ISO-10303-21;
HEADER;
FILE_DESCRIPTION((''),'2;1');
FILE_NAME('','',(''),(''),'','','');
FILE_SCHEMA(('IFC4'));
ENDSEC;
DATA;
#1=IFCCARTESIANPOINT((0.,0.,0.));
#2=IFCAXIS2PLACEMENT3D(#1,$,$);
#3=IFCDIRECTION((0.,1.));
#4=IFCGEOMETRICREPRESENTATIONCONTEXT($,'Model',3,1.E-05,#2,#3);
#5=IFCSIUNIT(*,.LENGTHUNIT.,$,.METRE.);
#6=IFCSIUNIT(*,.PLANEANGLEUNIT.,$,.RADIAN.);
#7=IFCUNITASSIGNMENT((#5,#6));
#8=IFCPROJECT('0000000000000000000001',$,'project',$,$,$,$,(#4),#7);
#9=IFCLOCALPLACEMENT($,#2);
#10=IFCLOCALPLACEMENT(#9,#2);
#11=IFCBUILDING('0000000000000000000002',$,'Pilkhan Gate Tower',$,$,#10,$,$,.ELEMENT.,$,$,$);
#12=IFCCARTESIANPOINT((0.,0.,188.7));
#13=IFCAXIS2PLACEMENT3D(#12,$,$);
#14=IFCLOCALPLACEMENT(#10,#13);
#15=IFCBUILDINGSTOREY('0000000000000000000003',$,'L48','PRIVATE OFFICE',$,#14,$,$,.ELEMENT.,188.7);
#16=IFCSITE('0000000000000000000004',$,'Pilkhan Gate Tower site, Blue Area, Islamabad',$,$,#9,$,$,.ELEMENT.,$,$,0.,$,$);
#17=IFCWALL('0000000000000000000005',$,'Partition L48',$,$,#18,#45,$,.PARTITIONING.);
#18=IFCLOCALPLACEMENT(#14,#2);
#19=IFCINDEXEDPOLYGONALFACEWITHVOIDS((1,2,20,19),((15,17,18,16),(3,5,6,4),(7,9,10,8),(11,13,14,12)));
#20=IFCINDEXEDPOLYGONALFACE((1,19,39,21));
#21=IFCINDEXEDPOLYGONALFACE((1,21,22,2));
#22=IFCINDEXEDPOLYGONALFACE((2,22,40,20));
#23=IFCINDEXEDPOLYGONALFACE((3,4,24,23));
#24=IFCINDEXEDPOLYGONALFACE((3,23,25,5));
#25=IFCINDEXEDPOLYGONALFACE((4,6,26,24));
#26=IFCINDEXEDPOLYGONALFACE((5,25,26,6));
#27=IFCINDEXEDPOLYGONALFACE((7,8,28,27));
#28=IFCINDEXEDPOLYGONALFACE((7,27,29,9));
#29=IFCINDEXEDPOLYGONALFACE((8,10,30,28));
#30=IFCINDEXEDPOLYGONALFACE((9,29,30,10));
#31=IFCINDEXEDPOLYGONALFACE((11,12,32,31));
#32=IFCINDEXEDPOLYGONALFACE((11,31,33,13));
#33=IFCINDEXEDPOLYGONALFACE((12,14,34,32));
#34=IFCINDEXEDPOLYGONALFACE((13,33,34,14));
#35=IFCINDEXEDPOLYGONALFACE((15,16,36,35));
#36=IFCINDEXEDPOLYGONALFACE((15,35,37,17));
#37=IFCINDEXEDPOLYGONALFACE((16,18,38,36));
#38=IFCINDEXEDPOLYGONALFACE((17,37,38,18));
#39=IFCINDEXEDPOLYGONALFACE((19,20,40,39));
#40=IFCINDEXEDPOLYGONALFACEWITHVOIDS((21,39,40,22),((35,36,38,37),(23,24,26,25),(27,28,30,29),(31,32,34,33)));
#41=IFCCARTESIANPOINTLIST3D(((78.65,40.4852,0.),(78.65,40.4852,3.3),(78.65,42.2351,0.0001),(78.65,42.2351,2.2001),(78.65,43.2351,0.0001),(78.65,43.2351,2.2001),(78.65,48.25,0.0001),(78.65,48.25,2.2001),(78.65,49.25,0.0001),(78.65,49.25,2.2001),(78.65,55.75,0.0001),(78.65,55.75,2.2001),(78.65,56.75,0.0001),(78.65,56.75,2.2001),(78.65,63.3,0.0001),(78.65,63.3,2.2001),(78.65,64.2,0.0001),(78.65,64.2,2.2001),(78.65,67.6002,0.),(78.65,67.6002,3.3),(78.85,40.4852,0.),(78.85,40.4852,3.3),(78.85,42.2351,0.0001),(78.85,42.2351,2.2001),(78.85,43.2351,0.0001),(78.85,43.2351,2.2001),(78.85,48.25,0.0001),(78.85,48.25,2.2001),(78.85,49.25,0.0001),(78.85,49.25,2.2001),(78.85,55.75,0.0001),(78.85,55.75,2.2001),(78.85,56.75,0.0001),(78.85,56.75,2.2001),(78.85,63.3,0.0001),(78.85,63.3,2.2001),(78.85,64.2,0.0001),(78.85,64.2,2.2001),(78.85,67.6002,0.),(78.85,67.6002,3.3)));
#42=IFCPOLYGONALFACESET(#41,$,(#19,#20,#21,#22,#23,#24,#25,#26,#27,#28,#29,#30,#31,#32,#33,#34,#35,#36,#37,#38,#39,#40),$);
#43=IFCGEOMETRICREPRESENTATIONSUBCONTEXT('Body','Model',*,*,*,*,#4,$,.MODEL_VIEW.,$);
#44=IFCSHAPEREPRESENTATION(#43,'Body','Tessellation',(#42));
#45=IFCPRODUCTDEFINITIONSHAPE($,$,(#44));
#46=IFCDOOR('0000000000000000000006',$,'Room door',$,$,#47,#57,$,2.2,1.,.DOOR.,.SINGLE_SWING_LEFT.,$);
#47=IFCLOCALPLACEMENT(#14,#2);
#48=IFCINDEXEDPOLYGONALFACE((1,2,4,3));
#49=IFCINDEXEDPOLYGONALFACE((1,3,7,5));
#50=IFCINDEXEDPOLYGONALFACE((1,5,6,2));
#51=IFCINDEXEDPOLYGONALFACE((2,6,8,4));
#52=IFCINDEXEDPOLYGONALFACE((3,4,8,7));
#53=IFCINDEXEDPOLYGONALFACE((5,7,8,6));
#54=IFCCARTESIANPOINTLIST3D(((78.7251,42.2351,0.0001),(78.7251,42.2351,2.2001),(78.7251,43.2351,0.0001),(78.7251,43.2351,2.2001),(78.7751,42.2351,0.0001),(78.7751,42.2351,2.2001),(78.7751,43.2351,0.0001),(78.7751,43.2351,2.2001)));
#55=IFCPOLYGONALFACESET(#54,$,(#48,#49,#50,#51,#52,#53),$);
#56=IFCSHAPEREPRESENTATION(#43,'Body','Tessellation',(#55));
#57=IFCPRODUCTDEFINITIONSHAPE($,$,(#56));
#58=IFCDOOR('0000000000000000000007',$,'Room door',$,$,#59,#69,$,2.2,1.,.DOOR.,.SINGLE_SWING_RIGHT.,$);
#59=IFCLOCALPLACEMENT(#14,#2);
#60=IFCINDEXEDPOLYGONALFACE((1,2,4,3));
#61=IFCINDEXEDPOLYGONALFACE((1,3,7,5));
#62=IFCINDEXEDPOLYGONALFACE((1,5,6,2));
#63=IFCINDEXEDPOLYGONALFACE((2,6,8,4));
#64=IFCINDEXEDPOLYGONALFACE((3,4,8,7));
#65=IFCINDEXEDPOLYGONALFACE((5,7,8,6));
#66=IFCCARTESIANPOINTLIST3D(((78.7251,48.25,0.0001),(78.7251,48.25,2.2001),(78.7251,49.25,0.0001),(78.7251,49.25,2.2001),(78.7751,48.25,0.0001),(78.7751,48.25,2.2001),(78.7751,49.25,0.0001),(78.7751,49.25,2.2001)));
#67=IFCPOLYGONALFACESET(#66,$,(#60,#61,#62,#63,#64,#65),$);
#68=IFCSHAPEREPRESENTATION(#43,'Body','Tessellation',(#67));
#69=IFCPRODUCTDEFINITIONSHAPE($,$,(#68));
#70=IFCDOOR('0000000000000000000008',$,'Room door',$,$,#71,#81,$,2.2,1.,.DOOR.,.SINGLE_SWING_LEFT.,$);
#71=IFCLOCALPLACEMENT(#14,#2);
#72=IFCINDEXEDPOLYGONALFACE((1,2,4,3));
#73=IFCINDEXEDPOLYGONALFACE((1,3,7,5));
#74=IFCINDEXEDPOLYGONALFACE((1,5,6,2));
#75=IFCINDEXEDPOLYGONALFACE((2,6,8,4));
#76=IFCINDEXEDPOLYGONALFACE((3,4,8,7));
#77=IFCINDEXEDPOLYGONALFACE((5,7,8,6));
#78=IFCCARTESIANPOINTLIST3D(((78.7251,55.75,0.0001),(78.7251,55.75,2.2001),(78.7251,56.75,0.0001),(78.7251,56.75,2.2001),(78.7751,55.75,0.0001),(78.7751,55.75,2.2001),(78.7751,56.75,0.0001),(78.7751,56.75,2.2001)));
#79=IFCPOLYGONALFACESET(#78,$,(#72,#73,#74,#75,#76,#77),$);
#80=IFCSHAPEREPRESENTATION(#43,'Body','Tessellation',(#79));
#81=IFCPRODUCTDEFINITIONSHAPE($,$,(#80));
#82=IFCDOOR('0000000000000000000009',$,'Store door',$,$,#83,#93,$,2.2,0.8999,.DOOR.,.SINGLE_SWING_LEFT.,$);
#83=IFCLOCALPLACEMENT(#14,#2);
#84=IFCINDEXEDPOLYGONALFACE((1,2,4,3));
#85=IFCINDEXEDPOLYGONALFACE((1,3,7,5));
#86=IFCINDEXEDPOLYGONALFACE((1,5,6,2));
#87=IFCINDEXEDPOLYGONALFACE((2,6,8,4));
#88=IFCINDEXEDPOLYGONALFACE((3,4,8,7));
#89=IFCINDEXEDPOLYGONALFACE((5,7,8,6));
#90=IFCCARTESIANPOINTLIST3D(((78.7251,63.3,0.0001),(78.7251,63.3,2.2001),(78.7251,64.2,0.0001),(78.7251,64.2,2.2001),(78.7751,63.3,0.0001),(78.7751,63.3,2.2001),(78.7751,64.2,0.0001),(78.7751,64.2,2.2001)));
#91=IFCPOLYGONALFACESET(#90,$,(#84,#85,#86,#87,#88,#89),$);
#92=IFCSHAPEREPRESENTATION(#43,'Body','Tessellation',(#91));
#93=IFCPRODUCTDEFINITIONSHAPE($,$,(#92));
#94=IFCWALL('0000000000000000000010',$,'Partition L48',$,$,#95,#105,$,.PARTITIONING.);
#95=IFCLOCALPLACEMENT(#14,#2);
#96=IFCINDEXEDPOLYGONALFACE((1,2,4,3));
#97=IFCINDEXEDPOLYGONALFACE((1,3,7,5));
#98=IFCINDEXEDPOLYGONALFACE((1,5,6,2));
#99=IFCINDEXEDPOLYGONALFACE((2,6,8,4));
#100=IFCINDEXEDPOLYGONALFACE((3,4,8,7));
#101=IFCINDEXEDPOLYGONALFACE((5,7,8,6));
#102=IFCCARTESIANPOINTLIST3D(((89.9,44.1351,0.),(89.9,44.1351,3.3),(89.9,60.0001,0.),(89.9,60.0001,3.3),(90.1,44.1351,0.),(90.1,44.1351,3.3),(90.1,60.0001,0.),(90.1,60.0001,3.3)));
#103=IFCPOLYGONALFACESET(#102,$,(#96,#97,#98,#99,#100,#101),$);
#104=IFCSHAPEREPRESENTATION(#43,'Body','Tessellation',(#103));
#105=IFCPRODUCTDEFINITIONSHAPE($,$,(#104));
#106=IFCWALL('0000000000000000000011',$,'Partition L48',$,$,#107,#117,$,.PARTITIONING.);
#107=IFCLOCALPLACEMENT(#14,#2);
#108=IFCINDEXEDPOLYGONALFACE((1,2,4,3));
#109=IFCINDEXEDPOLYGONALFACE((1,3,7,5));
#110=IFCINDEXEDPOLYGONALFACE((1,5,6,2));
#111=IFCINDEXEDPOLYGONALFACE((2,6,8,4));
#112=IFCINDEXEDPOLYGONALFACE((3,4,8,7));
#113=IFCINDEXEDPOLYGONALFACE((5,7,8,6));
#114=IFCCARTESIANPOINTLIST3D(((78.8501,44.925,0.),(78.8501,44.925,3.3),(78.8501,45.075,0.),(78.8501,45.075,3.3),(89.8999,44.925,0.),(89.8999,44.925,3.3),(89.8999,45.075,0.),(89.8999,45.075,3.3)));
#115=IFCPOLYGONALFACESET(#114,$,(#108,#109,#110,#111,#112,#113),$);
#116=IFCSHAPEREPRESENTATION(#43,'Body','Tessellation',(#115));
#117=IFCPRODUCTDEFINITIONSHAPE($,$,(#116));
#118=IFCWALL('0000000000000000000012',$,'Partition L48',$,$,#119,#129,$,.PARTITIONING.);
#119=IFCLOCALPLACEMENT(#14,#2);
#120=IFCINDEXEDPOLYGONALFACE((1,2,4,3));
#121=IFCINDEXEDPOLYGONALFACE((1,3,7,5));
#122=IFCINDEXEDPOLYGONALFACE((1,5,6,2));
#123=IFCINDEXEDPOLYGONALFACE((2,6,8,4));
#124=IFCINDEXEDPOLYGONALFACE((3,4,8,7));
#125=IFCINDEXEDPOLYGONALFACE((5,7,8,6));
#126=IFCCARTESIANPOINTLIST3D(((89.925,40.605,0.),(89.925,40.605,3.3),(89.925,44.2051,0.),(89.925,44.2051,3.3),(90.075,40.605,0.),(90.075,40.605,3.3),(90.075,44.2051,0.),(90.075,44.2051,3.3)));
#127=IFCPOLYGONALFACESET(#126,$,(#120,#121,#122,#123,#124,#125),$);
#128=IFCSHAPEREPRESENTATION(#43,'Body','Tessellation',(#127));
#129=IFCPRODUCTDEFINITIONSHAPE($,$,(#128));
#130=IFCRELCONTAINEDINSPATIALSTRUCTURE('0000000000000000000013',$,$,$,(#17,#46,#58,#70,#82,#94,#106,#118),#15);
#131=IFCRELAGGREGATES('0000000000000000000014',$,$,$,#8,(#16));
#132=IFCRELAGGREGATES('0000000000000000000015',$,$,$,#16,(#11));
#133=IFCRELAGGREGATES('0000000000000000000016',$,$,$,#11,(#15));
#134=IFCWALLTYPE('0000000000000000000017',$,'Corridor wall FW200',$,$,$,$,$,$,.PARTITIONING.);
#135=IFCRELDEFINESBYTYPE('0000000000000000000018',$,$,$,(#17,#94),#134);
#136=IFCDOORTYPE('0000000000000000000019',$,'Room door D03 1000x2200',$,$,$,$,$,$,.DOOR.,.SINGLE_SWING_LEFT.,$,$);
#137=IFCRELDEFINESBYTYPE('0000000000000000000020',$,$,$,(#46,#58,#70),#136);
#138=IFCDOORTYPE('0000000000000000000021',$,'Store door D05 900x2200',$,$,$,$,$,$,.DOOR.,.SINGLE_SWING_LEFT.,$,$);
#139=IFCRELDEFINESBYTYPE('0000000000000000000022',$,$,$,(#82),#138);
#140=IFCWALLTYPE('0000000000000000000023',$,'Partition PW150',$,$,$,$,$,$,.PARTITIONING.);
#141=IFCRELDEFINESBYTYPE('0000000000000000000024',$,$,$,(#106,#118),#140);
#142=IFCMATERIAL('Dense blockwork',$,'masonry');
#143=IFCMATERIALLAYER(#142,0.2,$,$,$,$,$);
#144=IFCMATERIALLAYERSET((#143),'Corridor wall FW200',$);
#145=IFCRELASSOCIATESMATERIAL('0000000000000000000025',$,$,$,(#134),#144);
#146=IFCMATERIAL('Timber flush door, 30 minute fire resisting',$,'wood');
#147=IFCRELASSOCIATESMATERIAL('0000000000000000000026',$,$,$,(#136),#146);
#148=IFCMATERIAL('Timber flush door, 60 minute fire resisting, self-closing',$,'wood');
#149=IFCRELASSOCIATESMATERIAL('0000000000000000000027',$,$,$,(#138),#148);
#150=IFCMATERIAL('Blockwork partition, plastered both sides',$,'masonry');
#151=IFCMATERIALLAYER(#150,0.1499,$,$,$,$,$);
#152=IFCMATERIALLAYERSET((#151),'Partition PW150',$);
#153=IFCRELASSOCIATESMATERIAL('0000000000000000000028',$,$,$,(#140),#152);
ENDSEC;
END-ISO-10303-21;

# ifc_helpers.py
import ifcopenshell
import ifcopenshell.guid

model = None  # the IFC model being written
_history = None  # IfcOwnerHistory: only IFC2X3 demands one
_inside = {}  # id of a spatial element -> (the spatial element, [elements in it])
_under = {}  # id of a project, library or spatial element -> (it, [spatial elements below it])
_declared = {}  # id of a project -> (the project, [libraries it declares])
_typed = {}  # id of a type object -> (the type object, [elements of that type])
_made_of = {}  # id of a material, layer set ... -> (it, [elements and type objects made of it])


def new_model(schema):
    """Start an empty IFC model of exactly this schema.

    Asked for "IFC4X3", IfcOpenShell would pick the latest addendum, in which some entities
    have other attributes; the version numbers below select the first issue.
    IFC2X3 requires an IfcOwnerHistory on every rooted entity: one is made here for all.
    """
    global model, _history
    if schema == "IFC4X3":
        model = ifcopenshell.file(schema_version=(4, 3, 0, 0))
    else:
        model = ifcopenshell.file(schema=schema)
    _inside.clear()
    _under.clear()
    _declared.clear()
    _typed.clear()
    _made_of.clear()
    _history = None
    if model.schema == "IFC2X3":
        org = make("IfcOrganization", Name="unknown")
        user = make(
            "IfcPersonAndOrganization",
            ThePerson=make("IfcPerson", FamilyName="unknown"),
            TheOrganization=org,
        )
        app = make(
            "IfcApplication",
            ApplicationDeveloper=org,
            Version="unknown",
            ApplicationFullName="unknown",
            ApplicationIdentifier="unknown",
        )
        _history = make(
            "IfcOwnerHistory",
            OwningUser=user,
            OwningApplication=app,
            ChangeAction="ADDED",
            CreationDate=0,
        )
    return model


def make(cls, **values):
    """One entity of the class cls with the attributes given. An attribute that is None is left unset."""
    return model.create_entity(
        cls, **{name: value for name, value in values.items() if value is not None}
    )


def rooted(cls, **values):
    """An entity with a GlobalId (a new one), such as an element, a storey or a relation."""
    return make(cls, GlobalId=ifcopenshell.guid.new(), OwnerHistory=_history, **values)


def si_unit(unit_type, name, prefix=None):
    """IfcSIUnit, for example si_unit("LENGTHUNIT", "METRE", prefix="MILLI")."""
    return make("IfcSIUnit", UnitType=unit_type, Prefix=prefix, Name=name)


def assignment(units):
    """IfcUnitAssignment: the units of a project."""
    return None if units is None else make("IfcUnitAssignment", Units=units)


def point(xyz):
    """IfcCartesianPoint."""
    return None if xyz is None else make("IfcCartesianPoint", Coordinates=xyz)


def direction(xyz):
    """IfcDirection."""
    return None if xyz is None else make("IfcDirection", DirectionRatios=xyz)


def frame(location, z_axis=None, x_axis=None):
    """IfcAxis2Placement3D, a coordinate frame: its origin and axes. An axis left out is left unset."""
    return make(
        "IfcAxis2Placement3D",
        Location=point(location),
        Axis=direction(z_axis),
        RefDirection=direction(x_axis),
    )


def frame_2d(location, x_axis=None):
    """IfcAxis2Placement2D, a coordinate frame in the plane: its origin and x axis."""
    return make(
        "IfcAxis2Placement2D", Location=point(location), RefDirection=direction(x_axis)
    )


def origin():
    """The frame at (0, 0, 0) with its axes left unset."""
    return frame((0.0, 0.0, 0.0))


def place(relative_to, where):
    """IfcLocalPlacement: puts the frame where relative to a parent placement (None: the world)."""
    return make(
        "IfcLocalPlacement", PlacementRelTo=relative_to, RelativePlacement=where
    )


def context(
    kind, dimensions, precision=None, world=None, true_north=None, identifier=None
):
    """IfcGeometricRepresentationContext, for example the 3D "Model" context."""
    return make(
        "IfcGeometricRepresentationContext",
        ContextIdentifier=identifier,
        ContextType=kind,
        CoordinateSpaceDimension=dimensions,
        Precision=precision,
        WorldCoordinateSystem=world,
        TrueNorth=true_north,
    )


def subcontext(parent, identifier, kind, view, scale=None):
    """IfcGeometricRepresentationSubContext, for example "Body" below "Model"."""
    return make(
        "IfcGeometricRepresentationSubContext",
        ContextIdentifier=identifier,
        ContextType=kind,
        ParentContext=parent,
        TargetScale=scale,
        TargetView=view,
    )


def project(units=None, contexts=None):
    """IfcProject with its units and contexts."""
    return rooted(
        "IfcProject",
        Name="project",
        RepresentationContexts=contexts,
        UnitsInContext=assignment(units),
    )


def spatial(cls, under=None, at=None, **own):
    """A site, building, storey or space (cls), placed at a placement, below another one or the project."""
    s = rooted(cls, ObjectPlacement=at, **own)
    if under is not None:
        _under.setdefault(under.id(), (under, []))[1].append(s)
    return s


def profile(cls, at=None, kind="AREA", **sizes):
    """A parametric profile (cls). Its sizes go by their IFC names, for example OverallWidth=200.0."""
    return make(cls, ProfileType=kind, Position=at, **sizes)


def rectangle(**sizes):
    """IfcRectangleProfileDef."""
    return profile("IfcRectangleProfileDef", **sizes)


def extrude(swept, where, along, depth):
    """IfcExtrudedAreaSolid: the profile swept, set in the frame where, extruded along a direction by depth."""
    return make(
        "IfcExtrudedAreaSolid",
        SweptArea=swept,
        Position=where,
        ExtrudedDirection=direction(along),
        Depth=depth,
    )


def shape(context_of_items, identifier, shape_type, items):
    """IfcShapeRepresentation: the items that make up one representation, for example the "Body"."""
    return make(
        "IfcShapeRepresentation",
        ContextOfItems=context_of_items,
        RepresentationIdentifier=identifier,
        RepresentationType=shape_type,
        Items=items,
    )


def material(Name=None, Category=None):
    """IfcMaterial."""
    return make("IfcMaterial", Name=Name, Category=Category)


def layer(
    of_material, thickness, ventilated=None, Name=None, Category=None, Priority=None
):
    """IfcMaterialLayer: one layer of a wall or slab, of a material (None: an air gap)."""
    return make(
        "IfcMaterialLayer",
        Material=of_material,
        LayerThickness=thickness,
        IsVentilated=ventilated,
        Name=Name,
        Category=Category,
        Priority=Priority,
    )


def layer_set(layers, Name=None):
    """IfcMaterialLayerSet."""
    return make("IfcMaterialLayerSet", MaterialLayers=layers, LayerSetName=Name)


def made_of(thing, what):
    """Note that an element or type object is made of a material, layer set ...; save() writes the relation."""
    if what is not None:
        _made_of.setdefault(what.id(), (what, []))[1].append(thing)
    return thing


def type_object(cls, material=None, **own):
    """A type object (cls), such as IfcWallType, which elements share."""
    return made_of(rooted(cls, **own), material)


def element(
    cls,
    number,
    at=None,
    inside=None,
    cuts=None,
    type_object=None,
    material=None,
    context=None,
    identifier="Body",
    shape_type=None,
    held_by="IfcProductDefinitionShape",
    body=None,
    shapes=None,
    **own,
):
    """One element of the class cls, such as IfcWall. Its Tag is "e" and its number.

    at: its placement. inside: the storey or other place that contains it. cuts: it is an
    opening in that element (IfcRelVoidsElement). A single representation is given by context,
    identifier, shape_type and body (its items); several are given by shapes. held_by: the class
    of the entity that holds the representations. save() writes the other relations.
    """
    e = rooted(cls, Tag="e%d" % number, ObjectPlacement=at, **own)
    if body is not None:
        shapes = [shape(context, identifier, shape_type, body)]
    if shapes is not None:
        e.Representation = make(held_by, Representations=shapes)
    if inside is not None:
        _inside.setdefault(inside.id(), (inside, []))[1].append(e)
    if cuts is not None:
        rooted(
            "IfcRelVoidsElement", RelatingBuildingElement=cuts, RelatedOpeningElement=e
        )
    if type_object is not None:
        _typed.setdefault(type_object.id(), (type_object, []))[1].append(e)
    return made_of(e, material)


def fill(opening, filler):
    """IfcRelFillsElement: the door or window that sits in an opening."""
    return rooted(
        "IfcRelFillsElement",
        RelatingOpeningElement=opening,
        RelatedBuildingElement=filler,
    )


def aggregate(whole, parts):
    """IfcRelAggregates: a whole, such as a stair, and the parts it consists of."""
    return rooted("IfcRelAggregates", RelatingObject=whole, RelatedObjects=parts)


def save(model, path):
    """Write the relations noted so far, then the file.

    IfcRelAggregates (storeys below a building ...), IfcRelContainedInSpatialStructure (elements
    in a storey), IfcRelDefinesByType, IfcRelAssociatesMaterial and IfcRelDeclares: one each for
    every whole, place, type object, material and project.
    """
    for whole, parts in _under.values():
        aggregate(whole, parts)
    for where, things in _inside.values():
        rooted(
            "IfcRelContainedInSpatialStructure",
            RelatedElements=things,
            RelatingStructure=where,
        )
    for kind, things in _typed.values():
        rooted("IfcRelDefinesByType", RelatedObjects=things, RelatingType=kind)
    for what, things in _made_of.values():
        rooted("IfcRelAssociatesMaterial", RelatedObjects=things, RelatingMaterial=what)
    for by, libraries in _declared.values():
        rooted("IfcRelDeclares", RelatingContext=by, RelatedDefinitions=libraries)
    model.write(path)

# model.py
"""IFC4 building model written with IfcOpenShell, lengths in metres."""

from ifc_helpers import new_model, si_unit, direction, frame, frame_2d, origin, place, context, subcontext, project, spatial, rectangle, extrude, material, layer, layer_set, type_object, element, fill, save


model = new_model("IFC4")

# Units and contexts
model_context = context("Model", 3, precision=1e-05, world=origin(), true_north=direction((0.0, 1.0)))
body_context = subcontext(model_context, "Body", "Model", "MODEL_VIEW")
ifc_project = project(units=[si_unit("LENGTHUNIT", "METRE"), si_unit("PLANEANGLEUNIT", "RADIAN")], contexts=[model_context])

# Site, building, storey
site_placement = place(None, origin())
site = spatial("IfcSite", under=ifc_project, at=site_placement, Name="Pilkhan Gate Tower site, Blue Area, Islamabad", CompositionType="ELEMENT", RefElevation=0.0)
building_placement = place(site_placement, origin())
building = spatial("IfcBuilding", under=site, at=building_placement, Name="Pilkhan Gate Tower", CompositionType="ELEMENT")
storey_placement = place(building_placement, frame((0.0, 0.0, 188.7)))
storey = spatial("IfcBuildingStorey", under=building, at=storey_placement, Name="L48", Description="PRIVATE OFFICE", CompositionType="ELEMENT", Elevation=188.7)

# Shared definitions
ifc_material_1 = material(Name="Dense blockwork", Category="masonry")
ifc_layer_1 = layer(ifc_material_1, 0.2)
ifc_layer_set_1 = layer_set([ifc_layer_1], Name="Corridor wall FW200")
wall_type_1 = type_object("IfcWallType", Name="Corridor wall FW200", PredefinedType="PARTITIONING", material=ifc_layer_set_1)

# Wall, openings, doors
ifc_material_2 = material(Name="Timber flush door, 30 minute fire resisting", Category="wood")
door_type_1 = type_object("IfcDoorType", Name="Room door D03 1000x2200", OperationType="SINGLE_SWING_LEFT", PredefinedType="DOOR", material=ifc_material_2)
wall_1_placement = place(storey_placement, frame((78.75, 40.4851, 0.0), z_axis=(0.0, 0.0, 1.0), x_axis=(0.0, 1.0, 0.0)))
wall_1 = element("IfcWall", 1, at=wall_1_placement, inside=storey, type_object=wall_type_1, Name="Partition L48", PredefinedType="PARTITIONING", context=body_context, shape_type="SweptSolid", body=[
    extrude(rectangle(XDim=27.115, YDim=0.2, at=frame_2d((13.5576, 0.0))), origin(), (0.0, 0.0, 1.0), 3.3),
])
opening_1_placement = place(wall_1_placement, frame((1.75, 0.0, 0.0)))
opening_1 = element("IfcOpeningElement", 2, at=opening_1_placement, cuts=wall_1, PredefinedType="OPENING", context=body_context, shape_type="SweptSolid", body=[
    extrude(rectangle(XDim=1.0, YDim=2.2, at=frame_2d((0.5, 1.1001))), frame((0.0, 0.1099, 0.0), z_axis=(0.0, -1.0, 0.0), x_axis=(1.0, 0.0, 0.0)), (0.0, 0.0, 1.0), 0.22),
])
opening_2_placement = place(wall_1_placement, frame((7.7649, 0.0, 0.0)))
opening_2 = element("IfcOpeningElement", 3, at=opening_2_placement, cuts=wall_1, PredefinedType="OPENING", context=body_context, shape_type="SweptSolid", body=[
    extrude(rectangle(XDim=1.0, YDim=2.2, at=frame_2d((0.5, 1.1001))), frame((0.0, 0.1099, 0.0), z_axis=(0.0, -1.0, 0.0), x_axis=(1.0, 0.0, 0.0)), (0.0, 0.0, 1.0), 0.22),
])
opening_3_placement = place(wall_1_placement, frame((15.2649, 0.0, 0.0)))
opening_3 = element("IfcOpeningElement", 4, at=opening_3_placement, cuts=wall_1, PredefinedType="OPENING", context=body_context, shape_type="SweptSolid", body=[
    extrude(rectangle(XDim=1.0, YDim=2.2, at=frame_2d((0.5, 1.1001))), frame((0.0, 0.1099, 0.0), z_axis=(0.0, -1.0, 0.0), x_axis=(1.0, 0.0, 0.0)), (0.0, 0.0, 1.0), 0.22),
])
opening_4_placement = place(wall_1_placement, frame((22.8149, 0.0, 0.0)))
opening_4 = element("IfcOpeningElement", 5, at=opening_4_placement, cuts=wall_1, PredefinedType="OPENING", context=body_context, shape_type="SweptSolid", body=[
    extrude(rectangle(XDim=0.8999, YDim=2.2, at=frame_2d((0.45, 1.1001))), frame((0.0, 0.1099, 0.0), z_axis=(0.0, -1.0, 0.0), x_axis=(1.0, 0.0, 0.0)), (0.0, 0.0, 1.0), 0.22),
])
door_1_placement = place(opening_1_placement, origin())
door_1 = element("IfcDoor", 6, at=door_1_placement, inside=storey, type_object=door_type_1, Name="Room door", OperationType="SINGLE_SWING_LEFT", OverallHeight=2.2, OverallWidth=1.0, PredefinedType="DOOR", context=body_context, shape_type="SweptSolid", body=[
    extrude(rectangle(XDim=1.0, YDim=2.2, at=frame_2d((0.5, 1.1001))), frame((0.0, 0.0249, 0.0), z_axis=(0.0, -1.0, 0.0), x_axis=(1.0, 0.0, 0.0)), (0.0, 0.0, 1.0), 0.05),
])
fill(opening_1, door_1)
door_2_placement = place(opening_2_placement, origin())
door_2 = element("IfcDoor", 7, at=door_2_placement, inside=storey, type_object=door_type_1, Name="Room door", OperationType="SINGLE_SWING_RIGHT", OverallHeight=2.2, OverallWidth=1.0, PredefinedType="DOOR", context=body_context, shape_type="SweptSolid", body=[
    extrude(rectangle(XDim=1.0, YDim=2.2, at=frame_2d((0.5, 1.1001))), frame((0.0, 0.0249, 0.0), z_axis=(0.0, -1.0, 0.0), x_axis=(1.0, 0.0, 0.0)), (0.0, 0.0, 1.0), 0.05),
])
fill(opening_2, door_2)
door_3_placement = place(opening_3_placement, origin())
door_3 = element("IfcDoor", 8, at=door_3_placement, inside=storey, type_object=door_type_1, Name="Room door", OperationType="SINGLE_SWING_LEFT", OverallHeight=2.2, OverallWidth=1.0, PredefinedType="DOOR", context=body_context, shape_type="SweptSolid", body=[
    extrude(rectangle(XDim=1.0, YDim=2.2, at=frame_2d((0.5, 1.1001))), frame((0.0, 0.0249, 0.0), z_axis=(0.0, -1.0, 0.0), x_axis=(1.0, 0.0, 0.0)), (0.0, 0.0, 1.0), 0.05),
])
fill(opening_3, door_3)
ifc_material_3 = material(Name="Timber flush door, 60 minute fire resisting, self-closing", Category="wood")
door_type_2 = type_object("IfcDoorType", Name="Store door D05 900x2200", OperationType="SINGLE_SWING_LEFT", PredefinedType="DOOR", material=ifc_material_3)
door_4_placement = place(opening_4_placement, origin())
door_4 = element("IfcDoor", 9, at=door_4_placement, inside=storey, type_object=door_type_2, Name="Store door", OperationType="SINGLE_SWING_LEFT", OverallHeight=2.2, OverallWidth=0.8999, PredefinedType="DOOR", context=body_context, shape_type="SweptSolid", body=[
    extrude(rectangle(XDim=0.8999, YDim=2.2, at=frame_2d((0.45, 1.1001))), frame((0.0, 0.0249, 0.0), z_axis=(0.0, -1.0, 0.0), x_axis=(1.0, 0.0, 0.0)), (0.0, 0.0, 1.0), 0.05),
])
fill(opening_4, door_4)

# Walls
wall_2_placement = place(storey_placement, frame((90.0, 44.135, 0.0), z_axis=(0.0, 0.0, 1.0), x_axis=(0.0, 1.0, 0.0)))
element("IfcWall", 10, at=wall_2_placement, inside=storey, type_object=wall_type_1, Name="Partition L48", PredefinedType="PARTITIONING", context=body_context, shape_type="SweptSolid", body=[
    extrude(rectangle(XDim=15.865, YDim=0.2, at=frame_2d((7.9326, 0.0))), origin(), (0.0, 0.0, 1.0), 3.3),
])
ifc_material_4 = material(Name="Blockwork partition, plastered both sides", Category="masonry")
ifc_layer_2 = layer(ifc_material_4, 0.1499)
ifc_layer_set_2 = layer_set([ifc_layer_2], Name="Partition PW150")
wall_type_2 = type_object("IfcWallType", Name="Partition PW150", PredefinedType="PARTITIONING", material=ifc_layer_set_2)
wall_3_placement = place(storey_placement, frame((78.8501, 45.0, 0.0), z_axis=(0.0, 0.0, 1.0), x_axis=(1.0, 0.0, 0.0)))
element("IfcWall", 11, at=wall_3_placement, inside=storey, type_object=wall_type_2, Name="Partition L48", PredefinedType="PARTITIONING", context=body_context, shape_type="SweptSolid", body=[
    extrude(rectangle(XDim=11.0498, YDim=0.1499, at=frame_2d((5.5249, 0.0))), origin(), (0.0, 0.0, 1.0), 3.3),
])
wall_4_placement = place(storey_placement, frame((90.0, 40.605, 0.0), z_axis=(0.0, 0.0, 1.0), x_axis=(0.0, 1.0, 0.0)))
element("IfcWall", 12, at=wall_4_placement, inside=storey, type_object=wall_type_2, Name="Partition L48", PredefinedType="PARTITIONING", context=body_context, shape_type="SweptSolid", body=[
    extrude(rectangle(XDim=3.6001, YDim=0.1499, at=frame_2d((1.8, 0.0))), origin(), (0.0, 0.0, 1.0), 3.3),
])

save(model, "model.ifc")
